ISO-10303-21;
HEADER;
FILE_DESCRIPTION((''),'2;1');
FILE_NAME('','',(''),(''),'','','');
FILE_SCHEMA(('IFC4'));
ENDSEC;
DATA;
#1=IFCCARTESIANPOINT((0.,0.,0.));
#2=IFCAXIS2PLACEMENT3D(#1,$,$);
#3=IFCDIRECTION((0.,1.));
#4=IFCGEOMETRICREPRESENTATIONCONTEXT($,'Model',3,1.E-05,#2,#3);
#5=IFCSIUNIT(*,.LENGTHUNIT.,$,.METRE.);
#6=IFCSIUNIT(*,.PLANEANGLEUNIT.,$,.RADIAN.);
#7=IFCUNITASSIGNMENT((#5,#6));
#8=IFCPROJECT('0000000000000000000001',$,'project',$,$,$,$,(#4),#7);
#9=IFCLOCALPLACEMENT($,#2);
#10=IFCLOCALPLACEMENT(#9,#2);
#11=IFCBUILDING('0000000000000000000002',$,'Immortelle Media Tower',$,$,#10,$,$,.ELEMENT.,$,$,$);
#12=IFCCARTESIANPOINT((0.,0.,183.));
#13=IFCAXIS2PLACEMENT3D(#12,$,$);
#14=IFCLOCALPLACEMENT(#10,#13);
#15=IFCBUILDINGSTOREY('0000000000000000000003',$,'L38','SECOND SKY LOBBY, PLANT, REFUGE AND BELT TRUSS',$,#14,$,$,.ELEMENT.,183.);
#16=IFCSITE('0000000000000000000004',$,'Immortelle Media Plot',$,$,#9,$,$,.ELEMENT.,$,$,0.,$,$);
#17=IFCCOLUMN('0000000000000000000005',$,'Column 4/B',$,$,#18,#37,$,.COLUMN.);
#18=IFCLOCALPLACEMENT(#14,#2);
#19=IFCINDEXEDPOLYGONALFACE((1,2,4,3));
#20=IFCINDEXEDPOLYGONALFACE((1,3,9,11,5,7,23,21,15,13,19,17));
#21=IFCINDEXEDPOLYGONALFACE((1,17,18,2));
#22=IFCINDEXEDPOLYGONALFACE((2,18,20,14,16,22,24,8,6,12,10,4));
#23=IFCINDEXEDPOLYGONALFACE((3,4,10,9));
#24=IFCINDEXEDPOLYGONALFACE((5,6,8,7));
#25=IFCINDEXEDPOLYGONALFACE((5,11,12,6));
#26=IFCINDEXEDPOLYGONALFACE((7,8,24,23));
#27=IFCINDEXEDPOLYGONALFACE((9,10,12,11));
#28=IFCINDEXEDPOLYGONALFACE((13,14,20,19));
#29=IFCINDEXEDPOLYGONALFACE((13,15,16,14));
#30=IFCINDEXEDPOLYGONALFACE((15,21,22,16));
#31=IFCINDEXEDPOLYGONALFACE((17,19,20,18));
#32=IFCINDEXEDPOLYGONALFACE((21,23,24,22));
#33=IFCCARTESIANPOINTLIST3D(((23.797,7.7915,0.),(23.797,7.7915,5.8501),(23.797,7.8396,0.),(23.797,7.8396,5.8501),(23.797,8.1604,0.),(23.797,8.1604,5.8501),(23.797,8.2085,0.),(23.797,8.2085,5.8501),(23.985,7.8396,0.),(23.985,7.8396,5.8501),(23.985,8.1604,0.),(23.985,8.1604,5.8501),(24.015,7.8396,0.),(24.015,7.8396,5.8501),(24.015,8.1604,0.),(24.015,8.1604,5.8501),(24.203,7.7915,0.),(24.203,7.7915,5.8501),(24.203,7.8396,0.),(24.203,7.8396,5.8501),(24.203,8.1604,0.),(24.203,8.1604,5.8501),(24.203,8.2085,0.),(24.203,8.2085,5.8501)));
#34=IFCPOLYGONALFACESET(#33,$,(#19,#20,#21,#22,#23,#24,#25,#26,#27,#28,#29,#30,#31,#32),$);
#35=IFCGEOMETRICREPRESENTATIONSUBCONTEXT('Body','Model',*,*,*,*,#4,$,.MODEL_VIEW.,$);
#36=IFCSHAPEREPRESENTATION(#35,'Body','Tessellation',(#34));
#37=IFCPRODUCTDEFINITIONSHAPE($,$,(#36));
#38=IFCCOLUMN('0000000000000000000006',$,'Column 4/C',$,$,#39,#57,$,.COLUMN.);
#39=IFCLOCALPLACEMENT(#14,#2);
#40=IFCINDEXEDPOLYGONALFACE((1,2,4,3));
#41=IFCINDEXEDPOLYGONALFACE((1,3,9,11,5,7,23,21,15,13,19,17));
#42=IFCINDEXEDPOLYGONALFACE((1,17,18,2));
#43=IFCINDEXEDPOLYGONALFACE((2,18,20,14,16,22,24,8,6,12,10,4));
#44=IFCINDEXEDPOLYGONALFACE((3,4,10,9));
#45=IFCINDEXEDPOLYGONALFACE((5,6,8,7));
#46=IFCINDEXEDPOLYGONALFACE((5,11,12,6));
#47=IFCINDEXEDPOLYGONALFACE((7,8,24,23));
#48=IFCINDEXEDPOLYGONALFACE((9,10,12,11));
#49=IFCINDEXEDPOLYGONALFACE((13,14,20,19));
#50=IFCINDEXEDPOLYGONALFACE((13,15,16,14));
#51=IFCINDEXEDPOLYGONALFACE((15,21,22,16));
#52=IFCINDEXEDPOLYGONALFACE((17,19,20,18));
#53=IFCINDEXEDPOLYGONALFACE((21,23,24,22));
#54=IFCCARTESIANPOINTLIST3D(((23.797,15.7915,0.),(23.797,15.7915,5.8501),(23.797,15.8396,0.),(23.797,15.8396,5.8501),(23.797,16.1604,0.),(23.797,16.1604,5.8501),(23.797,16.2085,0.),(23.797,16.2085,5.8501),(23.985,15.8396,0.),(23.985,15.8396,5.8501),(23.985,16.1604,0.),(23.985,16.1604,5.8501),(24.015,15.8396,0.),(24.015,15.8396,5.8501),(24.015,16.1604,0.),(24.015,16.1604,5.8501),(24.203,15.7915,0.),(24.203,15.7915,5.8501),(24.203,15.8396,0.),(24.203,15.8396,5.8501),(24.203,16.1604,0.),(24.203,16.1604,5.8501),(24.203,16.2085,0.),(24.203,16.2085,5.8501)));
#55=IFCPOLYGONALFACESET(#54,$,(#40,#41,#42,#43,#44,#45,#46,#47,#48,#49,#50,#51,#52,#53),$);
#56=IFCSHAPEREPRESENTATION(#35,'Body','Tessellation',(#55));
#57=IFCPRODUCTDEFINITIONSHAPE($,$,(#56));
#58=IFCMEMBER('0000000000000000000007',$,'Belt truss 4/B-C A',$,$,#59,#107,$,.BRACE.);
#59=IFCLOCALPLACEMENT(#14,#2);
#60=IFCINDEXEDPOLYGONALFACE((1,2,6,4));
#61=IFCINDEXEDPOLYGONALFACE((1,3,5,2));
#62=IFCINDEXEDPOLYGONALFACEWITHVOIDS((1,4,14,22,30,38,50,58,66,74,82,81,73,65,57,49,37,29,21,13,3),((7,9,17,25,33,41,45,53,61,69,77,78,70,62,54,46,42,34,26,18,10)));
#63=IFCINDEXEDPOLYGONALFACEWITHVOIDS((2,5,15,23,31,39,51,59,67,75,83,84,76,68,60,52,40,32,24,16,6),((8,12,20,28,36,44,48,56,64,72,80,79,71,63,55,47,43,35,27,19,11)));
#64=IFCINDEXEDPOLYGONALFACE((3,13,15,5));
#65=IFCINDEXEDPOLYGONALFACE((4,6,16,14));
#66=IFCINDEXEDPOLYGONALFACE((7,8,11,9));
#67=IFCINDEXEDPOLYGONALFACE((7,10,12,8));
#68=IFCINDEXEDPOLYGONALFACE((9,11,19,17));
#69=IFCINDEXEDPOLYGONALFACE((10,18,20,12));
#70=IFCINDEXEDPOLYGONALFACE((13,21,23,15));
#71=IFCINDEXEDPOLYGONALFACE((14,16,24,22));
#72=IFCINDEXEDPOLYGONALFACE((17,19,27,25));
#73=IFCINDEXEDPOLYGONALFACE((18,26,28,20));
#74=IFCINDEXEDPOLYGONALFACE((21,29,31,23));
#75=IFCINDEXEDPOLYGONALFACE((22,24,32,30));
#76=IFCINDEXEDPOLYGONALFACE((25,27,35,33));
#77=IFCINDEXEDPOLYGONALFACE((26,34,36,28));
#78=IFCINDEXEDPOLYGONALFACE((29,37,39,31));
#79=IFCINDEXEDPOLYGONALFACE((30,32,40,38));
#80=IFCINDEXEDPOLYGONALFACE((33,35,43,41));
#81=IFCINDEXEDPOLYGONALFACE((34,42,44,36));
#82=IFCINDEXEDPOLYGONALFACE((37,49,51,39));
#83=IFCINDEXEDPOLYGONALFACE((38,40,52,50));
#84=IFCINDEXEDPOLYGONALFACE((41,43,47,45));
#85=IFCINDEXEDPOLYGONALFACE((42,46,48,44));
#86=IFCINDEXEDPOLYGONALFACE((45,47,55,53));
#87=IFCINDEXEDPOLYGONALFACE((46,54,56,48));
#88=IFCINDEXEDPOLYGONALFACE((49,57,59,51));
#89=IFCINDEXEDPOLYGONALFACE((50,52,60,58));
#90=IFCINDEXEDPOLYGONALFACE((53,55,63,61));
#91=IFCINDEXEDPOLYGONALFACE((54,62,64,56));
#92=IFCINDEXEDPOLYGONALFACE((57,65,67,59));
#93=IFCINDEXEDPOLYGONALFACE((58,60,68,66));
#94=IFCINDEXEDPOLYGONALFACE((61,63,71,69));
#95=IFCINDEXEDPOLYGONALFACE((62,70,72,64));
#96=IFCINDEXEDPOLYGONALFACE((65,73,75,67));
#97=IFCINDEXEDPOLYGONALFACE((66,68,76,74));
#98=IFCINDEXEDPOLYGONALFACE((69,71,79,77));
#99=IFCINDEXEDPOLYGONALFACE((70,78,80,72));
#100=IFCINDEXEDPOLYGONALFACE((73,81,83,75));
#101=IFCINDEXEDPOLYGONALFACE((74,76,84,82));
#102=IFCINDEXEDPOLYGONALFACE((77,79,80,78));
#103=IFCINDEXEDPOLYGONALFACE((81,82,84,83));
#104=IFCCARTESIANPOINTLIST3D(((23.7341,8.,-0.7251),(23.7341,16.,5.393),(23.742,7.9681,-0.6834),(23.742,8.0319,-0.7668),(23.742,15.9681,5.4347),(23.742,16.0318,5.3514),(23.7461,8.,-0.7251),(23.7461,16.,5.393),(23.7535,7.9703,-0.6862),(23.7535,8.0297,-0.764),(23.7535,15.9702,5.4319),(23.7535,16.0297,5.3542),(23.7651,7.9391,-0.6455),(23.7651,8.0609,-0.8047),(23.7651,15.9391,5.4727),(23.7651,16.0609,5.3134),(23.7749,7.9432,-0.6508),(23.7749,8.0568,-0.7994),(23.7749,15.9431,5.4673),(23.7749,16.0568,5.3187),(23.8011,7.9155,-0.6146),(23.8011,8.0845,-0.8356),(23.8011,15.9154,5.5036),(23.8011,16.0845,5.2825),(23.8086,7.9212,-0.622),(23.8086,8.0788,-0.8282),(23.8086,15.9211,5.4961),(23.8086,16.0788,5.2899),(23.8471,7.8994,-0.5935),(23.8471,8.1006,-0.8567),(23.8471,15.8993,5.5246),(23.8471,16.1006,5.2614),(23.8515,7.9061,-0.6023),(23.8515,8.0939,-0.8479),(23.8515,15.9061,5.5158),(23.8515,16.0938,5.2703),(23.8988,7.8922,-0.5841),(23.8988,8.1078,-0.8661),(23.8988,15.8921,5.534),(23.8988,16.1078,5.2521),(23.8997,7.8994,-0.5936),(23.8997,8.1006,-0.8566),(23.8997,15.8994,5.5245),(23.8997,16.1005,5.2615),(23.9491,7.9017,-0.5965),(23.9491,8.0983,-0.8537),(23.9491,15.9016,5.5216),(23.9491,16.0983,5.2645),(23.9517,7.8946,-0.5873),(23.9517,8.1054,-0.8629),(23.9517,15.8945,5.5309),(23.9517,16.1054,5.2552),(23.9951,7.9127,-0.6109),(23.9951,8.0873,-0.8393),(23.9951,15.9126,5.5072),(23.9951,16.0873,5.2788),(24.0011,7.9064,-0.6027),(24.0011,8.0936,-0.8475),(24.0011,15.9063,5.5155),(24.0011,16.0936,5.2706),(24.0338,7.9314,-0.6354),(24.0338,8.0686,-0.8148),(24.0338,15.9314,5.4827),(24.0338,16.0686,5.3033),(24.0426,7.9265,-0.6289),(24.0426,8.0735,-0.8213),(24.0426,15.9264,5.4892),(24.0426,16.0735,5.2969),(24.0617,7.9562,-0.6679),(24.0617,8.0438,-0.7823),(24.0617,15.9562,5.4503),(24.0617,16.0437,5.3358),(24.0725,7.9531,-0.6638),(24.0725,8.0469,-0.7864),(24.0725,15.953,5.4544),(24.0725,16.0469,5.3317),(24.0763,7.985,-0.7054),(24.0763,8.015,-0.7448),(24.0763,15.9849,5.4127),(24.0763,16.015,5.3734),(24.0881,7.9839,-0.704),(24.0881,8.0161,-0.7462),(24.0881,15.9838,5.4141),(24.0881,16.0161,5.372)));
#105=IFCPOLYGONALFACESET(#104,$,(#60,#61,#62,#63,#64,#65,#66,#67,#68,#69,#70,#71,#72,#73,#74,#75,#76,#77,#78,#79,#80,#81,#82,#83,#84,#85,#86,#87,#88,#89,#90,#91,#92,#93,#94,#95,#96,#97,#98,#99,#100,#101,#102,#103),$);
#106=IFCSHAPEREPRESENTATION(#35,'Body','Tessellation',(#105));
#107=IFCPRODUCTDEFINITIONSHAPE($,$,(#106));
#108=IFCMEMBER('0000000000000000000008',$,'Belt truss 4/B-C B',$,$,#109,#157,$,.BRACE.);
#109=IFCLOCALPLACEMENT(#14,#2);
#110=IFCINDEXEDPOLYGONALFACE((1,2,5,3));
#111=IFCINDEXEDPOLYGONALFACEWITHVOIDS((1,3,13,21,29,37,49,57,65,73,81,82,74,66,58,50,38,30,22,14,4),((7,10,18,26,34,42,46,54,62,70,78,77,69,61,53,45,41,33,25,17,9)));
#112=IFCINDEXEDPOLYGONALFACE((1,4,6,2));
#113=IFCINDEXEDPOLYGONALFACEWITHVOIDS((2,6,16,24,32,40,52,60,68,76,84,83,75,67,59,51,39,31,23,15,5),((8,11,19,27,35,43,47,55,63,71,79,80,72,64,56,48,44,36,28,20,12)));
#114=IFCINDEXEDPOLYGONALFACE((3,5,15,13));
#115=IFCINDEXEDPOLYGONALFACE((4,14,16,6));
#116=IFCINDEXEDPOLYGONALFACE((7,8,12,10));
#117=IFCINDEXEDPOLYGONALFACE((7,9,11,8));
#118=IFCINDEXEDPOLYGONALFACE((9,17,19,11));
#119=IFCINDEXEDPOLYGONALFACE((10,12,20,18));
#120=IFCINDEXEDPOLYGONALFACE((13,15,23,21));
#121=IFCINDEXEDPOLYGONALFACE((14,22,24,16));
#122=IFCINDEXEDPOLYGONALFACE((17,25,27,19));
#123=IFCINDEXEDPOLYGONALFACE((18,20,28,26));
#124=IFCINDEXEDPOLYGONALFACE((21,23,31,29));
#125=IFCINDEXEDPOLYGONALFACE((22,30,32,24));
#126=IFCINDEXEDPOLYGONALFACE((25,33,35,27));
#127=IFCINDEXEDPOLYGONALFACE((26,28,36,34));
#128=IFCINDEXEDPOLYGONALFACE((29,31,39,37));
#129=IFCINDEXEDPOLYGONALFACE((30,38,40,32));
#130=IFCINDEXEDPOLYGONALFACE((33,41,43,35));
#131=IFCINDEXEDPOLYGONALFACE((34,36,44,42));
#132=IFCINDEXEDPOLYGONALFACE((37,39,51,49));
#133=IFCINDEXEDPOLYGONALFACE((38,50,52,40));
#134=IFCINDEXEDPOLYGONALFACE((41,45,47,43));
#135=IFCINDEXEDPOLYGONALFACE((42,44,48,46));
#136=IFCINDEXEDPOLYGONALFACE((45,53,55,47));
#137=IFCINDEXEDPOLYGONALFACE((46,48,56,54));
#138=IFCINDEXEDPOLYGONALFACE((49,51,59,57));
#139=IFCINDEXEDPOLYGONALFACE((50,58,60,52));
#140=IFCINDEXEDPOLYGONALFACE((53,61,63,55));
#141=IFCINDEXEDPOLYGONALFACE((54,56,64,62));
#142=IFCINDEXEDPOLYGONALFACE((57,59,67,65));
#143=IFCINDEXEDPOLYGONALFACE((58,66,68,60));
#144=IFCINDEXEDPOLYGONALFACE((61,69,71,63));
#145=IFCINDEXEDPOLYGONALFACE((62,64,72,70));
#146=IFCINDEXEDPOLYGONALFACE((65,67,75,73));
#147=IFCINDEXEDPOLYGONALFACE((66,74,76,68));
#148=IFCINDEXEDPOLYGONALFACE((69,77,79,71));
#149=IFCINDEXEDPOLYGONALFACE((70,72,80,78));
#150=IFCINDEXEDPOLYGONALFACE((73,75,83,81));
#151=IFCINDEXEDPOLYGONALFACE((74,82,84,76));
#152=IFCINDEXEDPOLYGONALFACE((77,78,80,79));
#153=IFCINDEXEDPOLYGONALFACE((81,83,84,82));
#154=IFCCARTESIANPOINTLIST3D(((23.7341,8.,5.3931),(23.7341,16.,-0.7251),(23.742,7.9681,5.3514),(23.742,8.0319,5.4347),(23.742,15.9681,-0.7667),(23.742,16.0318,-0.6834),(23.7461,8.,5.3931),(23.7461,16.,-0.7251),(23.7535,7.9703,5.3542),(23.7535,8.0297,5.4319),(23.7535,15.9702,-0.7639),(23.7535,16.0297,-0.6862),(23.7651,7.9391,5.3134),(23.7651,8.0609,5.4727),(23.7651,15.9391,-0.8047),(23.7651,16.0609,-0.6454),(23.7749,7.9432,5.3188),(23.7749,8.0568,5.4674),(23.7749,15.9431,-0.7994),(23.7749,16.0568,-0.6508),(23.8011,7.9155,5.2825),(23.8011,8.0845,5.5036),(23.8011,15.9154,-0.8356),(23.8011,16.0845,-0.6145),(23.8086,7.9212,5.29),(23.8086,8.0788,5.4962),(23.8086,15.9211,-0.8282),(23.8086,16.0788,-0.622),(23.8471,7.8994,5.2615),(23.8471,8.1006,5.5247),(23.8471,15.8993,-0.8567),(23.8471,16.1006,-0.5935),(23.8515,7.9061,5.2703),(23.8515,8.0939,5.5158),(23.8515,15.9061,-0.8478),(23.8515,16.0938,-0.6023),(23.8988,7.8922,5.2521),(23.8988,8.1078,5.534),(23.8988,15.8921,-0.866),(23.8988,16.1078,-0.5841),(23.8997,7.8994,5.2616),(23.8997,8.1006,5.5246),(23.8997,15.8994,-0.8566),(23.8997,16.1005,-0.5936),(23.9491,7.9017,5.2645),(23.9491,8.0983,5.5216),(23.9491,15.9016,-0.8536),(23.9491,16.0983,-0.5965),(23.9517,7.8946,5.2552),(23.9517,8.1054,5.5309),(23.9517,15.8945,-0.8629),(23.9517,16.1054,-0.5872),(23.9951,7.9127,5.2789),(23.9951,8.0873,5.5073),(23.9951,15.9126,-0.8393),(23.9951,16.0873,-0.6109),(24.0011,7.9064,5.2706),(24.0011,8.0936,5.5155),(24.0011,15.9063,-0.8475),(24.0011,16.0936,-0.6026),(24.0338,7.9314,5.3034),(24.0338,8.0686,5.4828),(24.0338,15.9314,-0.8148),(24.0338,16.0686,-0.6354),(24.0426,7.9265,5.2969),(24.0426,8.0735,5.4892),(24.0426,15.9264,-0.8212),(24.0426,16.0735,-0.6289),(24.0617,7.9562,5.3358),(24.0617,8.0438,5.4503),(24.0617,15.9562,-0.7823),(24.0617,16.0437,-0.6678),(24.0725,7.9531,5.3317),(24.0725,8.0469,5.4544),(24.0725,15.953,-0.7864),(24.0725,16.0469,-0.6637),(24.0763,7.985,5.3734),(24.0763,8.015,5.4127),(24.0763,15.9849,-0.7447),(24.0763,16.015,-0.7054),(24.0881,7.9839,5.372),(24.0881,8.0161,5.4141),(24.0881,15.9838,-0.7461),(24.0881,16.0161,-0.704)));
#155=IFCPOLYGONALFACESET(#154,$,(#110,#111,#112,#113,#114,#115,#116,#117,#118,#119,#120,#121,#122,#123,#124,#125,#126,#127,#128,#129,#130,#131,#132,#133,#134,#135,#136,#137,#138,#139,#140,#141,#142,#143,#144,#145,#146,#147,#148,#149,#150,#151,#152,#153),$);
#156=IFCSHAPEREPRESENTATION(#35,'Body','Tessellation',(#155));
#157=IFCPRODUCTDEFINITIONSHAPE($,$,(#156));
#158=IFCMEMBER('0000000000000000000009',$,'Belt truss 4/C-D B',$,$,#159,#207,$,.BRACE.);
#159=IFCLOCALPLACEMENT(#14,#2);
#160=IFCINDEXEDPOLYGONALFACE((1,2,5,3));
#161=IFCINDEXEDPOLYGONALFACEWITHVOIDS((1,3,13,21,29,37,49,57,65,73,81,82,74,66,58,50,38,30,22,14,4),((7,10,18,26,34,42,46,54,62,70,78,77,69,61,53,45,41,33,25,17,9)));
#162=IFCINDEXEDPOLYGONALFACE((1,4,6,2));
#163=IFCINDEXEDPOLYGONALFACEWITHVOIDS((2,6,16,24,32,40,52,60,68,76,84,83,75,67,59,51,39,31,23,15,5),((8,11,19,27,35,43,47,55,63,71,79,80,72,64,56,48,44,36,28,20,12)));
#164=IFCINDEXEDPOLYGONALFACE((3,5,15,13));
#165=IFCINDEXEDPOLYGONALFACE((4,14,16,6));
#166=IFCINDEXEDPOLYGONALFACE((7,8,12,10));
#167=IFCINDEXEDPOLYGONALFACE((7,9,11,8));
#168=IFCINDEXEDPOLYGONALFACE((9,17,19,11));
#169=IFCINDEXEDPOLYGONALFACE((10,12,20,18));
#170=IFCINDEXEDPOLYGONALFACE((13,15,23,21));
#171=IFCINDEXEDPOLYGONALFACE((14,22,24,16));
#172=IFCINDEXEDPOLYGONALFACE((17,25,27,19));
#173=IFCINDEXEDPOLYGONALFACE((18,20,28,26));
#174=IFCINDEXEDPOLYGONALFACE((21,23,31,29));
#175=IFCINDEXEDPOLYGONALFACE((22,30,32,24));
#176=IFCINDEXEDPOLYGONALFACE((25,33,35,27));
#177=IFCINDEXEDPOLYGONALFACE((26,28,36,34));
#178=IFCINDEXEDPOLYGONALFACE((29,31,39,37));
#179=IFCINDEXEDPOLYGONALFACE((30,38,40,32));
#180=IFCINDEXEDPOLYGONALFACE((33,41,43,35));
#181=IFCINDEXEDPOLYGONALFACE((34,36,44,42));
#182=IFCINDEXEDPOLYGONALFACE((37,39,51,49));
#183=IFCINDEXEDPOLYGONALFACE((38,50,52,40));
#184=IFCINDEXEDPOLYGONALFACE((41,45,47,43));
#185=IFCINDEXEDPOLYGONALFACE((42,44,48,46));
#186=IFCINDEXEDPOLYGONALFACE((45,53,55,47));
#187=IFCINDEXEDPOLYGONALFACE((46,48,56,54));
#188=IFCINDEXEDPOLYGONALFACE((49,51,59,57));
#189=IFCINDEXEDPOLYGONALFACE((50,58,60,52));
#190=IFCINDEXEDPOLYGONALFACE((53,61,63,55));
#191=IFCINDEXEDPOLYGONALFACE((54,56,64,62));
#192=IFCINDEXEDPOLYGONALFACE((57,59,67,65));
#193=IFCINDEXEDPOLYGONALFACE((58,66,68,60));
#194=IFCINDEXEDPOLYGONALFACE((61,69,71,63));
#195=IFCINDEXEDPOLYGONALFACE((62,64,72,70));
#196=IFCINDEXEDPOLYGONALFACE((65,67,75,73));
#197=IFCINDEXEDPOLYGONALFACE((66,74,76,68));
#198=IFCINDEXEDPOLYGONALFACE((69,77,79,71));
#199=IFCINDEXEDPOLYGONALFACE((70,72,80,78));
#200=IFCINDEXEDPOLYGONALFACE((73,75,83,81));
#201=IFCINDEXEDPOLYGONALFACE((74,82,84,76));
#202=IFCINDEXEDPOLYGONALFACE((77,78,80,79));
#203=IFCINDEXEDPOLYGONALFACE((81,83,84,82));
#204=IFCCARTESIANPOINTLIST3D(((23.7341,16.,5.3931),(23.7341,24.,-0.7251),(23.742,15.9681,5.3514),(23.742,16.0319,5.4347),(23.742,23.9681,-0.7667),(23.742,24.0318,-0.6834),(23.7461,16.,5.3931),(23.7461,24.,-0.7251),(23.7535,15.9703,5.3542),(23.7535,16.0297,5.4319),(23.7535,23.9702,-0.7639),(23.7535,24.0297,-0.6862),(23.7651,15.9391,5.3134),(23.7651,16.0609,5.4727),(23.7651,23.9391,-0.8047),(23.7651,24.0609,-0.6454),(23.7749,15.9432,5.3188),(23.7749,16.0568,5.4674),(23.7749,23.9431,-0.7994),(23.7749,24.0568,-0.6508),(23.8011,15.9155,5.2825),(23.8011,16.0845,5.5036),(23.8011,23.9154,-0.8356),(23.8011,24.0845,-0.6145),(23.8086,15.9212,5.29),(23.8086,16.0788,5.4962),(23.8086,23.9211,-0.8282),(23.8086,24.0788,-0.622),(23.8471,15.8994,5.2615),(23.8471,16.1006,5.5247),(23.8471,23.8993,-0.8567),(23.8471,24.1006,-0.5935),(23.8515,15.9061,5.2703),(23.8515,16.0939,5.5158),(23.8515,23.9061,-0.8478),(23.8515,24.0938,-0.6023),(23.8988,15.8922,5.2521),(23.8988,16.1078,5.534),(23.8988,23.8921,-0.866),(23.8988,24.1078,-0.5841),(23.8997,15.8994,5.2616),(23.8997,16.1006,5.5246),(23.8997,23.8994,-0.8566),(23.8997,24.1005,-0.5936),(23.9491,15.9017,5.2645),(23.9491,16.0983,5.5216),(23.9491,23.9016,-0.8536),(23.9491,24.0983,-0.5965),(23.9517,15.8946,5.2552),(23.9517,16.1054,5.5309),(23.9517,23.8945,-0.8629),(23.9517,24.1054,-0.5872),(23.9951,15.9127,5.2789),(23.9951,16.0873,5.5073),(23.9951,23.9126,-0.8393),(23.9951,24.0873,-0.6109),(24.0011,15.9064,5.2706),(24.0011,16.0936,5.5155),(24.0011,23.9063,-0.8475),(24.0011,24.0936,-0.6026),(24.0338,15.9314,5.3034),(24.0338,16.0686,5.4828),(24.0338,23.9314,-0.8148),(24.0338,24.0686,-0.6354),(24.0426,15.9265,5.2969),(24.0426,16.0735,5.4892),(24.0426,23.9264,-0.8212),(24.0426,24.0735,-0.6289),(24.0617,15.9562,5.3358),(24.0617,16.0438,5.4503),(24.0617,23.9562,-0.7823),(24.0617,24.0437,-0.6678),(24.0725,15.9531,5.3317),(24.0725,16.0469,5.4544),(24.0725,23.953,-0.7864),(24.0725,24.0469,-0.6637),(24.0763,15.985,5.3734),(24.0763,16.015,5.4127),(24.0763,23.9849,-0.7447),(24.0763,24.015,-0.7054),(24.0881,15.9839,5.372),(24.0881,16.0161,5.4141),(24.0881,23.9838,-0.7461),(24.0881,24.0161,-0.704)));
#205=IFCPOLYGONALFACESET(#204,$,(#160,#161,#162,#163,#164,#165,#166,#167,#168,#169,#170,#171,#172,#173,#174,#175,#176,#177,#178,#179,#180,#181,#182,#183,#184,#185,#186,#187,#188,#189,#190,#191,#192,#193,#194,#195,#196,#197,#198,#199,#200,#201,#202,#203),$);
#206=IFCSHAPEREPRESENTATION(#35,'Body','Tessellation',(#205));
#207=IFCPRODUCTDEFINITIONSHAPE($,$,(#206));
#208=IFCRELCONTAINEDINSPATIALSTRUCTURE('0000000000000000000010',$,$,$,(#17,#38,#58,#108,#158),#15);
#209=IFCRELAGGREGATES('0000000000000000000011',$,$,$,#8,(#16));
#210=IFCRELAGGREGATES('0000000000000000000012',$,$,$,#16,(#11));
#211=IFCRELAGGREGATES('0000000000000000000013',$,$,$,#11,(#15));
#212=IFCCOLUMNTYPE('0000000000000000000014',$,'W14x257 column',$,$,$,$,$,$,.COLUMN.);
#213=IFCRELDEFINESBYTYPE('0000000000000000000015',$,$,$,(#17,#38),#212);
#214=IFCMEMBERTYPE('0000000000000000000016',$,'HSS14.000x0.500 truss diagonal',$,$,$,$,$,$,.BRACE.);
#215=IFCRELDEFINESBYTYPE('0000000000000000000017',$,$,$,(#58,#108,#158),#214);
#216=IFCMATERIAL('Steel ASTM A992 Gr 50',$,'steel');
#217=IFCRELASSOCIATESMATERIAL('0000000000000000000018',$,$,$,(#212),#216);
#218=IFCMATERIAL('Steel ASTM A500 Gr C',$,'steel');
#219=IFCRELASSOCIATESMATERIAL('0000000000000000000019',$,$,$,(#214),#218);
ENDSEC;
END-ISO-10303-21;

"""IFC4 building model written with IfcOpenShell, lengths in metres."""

from ifc_helpers import new_model, si_unit, direction, frame, origin, origin_2d, place, context, subcontext, project, spatial, hollow_circle, i_section, extrude, material, material_profile, profile_set, type_object, element, save


model = new_model("IFC4")

# Units and contexts
model_context = context("Model", 3, precision=1e-05, world=origin(), true_north=direction((0.0, 1.0)))
body_context = subcontext(model_context, "Body", "Model", "MODEL_VIEW")
ifc_project = project(units=[si_unit("LENGTHUNIT", "METRE"), si_unit("PLANEANGLEUNIT", "RADIAN")], contexts=[model_context])

# Site, building, storey
site_placement = place(None, origin())
site = spatial("IfcSite", under=ifc_project, at=site_placement, Name="Immortelle Media Plot", CompositionType="ELEMENT", RefElevation=0.0)
building_placement = place(site_placement, origin())
building = spatial("IfcBuilding", under=site, at=building_placement, Name="Immortelle Media Tower", CompositionType="ELEMENT")
storey_placement = place(building_placement, frame((0.0, 0.0, 183.0)))
storey = spatial("IfcBuildingStorey", under=building, at=storey_placement, Name="L38", Description="SECOND SKY LOBBY, PLANT, REFUGE AND BELT TRUSS", CompositionType="ELEMENT", Elevation=183.0)

# Columns
ifc_material_1 = material(Name="Steel ASTM A992 Gr 50", Category="steel")
ifc_material_profile_1 = material_profile(ifc_material_1, i_section(OverallWidth=0.406, OverallDepth=0.417, WebThickness=0.03, FlangeThickness=0.0481, at=origin_2d()), Name="W14x257")
ifc_profile_set_1 = profile_set([ifc_material_profile_1], Name="Steel ASTM A992 Gr 50")
column_type = type_object("IfcColumnType", Name="W14x257 column", PredefinedType="COLUMN", material=ifc_profile_set_1)
for number, where, z_axis, x_axis, name in (
    (1, (24.0, 8.0, 0.0), (0.0, 0.0, 1.0), (1.0, 0.0, 0.0), "Column 4/B"),
    (2, (24.0, 16.0, 0.0), (0.0, 0.0, 1.0), (1.0, 0.0, 0.0), "Column 4/C"),
):
    element("IfcColumn", number, at=place(storey_placement, frame(where, z_axis=z_axis, x_axis=x_axis)), inside=storey, type_object=column_type, Name=name, PredefinedType="COLUMN", context=body_context, shape_type="SweptSolid", body=[
        extrude(i_section(OverallWidth=0.406, OverallDepth=0.417, WebThickness=0.03, FlangeThickness=0.0481, at=origin_2d()), origin(), (0.0, 0.0, 1.0), 5.8501),
    ])

# Members
ifc_material_2 = material(Name="Steel ASTM A500 Gr C", Category="steel")
ifc_material_profile_2 = material_profile(ifc_material_2, hollow_circle(Radius=0.178, WallThickness=0.012, at=origin_2d()), Name="HSS14.000x0.500 truss diagonal")
ifc_profile_set_2 = profile_set([ifc_material_profile_2], Name="Steel ASTM A500 Gr C")
member_type = type_object("IfcMemberType", Name="HSS14.000x0.500 truss diagonal", PredefinedType="BRACE", material=ifc_profile_set_2)
for number, where, z_axis, x_axis, name in (
    (3, (23.9121, 8.0, -0.7251), (0.0, 0.794333, 0.607482), (-1.0, 0.0, 0.0), "Belt truss 4/B-C A"),
    (4, (23.9121, 8.0, 5.3931), (0.0, 0.794333, -0.607482), (-1.0, 0.0, 0.0), "Belt truss 4/B-C B"),
    (5, (23.9121, 16.0, 5.3931), (0.0, 0.794333, -0.607482), (-1.0, 0.0, 0.0), "Belt truss 4/C-D B"),
):
    element("IfcMember", number, at=place(storey_placement, frame(where, z_axis=z_axis, x_axis=x_axis)), inside=storey, type_object=member_type, Name=name, PredefinedType="BRACE", context=body_context, shape_type="SweptSolid", body=[
        extrude(hollow_circle(Radius=0.178, WallThickness=0.012, at=origin_2d()), origin(), (0.0, 0.0, 1.0), 10.0713),
    ])

save(model, "model.ifc")
